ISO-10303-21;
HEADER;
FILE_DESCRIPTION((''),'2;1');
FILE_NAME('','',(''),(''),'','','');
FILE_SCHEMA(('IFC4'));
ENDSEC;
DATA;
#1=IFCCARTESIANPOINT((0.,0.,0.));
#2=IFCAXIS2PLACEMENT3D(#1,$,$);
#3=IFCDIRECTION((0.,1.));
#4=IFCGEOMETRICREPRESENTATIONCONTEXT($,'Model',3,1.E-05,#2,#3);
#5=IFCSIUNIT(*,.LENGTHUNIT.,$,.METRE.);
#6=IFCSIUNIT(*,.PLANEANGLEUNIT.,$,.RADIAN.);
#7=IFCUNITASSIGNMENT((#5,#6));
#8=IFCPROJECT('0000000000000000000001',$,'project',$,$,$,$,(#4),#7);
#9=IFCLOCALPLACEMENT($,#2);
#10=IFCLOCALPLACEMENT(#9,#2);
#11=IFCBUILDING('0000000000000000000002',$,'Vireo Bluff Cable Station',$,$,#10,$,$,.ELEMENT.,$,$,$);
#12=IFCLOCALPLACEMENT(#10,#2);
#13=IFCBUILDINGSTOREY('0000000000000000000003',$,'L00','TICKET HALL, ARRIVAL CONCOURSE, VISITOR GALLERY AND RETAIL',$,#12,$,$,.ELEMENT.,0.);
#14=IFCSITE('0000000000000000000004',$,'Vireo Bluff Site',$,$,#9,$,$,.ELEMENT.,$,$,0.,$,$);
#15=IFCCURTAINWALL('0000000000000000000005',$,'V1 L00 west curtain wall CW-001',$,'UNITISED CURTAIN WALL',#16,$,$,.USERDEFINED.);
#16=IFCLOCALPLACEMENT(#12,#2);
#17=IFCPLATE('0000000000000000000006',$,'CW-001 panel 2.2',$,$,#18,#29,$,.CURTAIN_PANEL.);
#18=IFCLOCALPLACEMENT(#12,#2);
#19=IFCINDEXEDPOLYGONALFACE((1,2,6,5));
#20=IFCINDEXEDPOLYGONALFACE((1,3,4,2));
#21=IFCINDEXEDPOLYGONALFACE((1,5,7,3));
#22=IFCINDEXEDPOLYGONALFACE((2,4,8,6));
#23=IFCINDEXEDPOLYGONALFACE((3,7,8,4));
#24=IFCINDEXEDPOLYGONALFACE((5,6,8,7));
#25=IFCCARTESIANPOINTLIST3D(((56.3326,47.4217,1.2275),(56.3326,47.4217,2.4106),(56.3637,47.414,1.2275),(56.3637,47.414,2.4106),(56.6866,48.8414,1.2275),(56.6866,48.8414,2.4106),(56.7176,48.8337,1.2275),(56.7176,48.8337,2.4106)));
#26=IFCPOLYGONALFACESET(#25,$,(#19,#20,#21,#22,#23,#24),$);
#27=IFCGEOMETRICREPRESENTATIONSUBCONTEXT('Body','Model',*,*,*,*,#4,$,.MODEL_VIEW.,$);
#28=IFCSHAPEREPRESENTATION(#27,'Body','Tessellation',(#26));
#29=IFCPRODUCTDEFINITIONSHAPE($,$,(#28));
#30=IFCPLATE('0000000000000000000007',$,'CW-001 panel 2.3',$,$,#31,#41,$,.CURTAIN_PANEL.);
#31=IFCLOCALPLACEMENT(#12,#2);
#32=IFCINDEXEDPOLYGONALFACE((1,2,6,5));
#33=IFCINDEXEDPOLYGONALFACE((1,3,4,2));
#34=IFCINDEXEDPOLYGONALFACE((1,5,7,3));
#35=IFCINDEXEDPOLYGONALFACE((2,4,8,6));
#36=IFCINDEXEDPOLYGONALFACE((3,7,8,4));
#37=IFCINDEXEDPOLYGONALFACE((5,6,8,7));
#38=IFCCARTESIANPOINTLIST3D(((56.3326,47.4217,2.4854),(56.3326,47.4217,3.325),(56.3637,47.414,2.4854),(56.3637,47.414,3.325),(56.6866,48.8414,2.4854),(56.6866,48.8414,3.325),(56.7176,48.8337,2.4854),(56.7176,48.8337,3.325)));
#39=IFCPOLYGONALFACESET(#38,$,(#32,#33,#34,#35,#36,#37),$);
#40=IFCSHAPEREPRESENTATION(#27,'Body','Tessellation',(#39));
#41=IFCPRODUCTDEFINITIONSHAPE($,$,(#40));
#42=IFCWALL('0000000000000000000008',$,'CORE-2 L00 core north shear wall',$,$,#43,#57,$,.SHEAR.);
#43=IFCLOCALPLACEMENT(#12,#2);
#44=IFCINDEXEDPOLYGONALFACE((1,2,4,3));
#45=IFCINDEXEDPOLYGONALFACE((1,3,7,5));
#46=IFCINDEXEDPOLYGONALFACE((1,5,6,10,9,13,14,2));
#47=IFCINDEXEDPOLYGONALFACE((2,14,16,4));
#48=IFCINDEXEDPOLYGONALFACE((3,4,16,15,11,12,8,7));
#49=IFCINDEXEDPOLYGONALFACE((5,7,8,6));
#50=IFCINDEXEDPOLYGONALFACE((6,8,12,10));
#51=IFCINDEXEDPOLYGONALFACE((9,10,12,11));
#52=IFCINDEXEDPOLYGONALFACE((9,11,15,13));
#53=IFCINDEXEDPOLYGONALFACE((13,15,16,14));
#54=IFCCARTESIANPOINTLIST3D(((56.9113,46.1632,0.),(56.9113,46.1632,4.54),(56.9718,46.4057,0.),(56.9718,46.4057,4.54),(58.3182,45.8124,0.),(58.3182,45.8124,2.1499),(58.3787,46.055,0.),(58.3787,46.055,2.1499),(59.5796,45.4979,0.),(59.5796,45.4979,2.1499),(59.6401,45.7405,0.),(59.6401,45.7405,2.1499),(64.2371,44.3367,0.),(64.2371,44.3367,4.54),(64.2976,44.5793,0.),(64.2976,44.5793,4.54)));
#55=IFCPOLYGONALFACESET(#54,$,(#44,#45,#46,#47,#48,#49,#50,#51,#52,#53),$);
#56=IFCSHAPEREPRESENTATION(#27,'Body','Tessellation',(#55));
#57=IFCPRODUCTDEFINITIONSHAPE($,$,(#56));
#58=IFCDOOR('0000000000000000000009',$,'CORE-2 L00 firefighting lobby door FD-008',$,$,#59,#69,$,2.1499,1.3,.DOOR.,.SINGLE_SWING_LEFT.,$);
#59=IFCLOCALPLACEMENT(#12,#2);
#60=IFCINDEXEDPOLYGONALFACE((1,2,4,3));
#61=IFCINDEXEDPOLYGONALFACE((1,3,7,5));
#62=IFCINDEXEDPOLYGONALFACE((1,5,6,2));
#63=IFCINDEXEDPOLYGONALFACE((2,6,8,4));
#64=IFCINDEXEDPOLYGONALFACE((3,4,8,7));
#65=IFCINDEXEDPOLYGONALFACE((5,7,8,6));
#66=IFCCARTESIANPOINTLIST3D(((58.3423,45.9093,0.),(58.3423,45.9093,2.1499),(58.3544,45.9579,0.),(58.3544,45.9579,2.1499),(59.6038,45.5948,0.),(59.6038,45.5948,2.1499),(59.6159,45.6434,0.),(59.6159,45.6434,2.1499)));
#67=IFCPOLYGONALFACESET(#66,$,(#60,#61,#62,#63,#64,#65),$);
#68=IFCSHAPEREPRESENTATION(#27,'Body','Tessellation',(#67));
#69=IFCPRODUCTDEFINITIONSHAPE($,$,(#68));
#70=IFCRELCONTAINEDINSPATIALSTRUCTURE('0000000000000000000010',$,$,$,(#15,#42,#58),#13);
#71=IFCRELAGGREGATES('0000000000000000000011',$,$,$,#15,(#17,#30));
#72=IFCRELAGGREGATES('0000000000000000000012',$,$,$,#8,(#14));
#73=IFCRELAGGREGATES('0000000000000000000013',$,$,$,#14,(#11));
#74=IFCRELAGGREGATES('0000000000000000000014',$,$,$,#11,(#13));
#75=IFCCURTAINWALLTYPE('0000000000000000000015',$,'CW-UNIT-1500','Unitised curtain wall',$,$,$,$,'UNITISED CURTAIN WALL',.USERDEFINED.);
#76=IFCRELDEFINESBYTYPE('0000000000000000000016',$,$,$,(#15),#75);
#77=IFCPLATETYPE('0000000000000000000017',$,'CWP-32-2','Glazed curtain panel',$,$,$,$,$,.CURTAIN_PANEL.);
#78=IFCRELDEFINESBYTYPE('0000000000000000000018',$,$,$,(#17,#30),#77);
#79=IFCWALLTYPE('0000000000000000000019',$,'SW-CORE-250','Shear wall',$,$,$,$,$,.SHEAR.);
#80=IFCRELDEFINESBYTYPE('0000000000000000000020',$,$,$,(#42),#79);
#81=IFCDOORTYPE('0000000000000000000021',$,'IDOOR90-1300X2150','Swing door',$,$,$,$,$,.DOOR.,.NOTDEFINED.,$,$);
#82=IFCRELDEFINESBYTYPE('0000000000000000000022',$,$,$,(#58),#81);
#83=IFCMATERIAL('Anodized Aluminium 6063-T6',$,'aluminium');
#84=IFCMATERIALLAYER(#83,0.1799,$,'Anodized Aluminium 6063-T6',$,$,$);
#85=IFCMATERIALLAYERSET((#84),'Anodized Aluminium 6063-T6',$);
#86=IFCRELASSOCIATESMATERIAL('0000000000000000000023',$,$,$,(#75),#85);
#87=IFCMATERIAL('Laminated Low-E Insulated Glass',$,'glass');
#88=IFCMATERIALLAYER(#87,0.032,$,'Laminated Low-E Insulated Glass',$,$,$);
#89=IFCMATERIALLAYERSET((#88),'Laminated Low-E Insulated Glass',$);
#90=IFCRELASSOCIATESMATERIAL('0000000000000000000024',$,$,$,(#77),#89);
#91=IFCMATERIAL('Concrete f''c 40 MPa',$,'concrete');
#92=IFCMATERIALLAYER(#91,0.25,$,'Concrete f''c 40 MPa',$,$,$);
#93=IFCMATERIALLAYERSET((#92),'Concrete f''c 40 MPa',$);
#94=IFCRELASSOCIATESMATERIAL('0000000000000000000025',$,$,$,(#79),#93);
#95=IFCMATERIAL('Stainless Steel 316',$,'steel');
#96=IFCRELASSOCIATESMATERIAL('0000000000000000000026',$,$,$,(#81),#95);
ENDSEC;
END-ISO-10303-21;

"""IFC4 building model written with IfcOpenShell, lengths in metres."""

from ifc_helpers import new_model, si_unit, direction, frame, frame_2d, origin, origin_with_axes, origin_2d, place, context, subcontext, project, spatial, rectangle, extrude, material, layer, layer_set, type_object, element, fill, aggregate, save


model = new_model("IFC4")

# Units and contexts
model_context = context("Model", 3, precision=1e-05, world=origin(), true_north=direction((0.0, 1.0)))
body_context = subcontext(model_context, "Body", "Model", "MODEL_VIEW")
ifc_project = project(units=[si_unit("LENGTHUNIT", "METRE"), si_unit("PLANEANGLEUNIT", "RADIAN")], contexts=[model_context])

# Site, building, storey
site_placement = place(None, origin())
site = spatial("IfcSite", under=ifc_project, at=site_placement, Name="Vireo Bluff Site", CompositionType="ELEMENT", RefElevation=0.0)
building_placement = place(site_placement, origin())
building = spatial("IfcBuilding", under=site, at=building_placement, Name="Vireo Bluff Cable Station", CompositionType="ELEMENT")
storey_placement = place(building_placement, origin())
storey = spatial("IfcBuildingStorey", under=building, at=storey_placement, Name="L00", Description="TICKET HALL, ARRIVAL CONCOURSE, VISITOR GALLERY AND RETAIL", CompositionType="ELEMENT", Elevation=0.0)

# Curtain wall
ifc_material_1 = material(Name="Anodized Aluminium 6063-T6", Category="aluminium")
ifc_layer_1 = layer(ifc_material_1, 0.1799, Name="Anodized Aluminium 6063-T6")
ifc_layer_set_1 = layer_set([ifc_layer_1], Name="Anodized Aluminium 6063-T6")
curtain_wall_type = type_object("IfcCurtainWallType", Name="CW-UNIT-1500", Description="Unitised curtain wall", ElementType="UNITISED CURTAIN WALL", PredefinedType="USERDEFINED", material=ifc_layer_set_1)
curtain_wall_placement = place(storey_placement, origin())
curtain_wall = element("IfcCurtainWall", 1, at=curtain_wall_placement, inside=storey, type_object=curtain_wall_type, Name="V1 L00 west curtain wall CW-001", ObjectType="UNITISED CURTAIN WALL", PredefinedType="USERDEFINED")

# Plates
ifc_material_2 = material(Name="Laminated Low-E Insulated Glass", Category="glass")
ifc_layer_2 = layer(ifc_material_2, 0.032, Name="Laminated Low-E Insulated Glass")
ifc_layer_set_2 = layer_set([ifc_layer_2], Name="Laminated Low-E Insulated Glass")
plate_type = type_object("IfcPlateType", Name="CWP-32-2", Description="Glazed curtain panel", PredefinedType="CURTAIN_PANEL", material=ifc_layer_set_2)
plate_1_placement = place(storey_placement, frame((56.5251, 48.1277, 1.2275), z_axis=(0.0, 0.0, 1.0), x_axis=(0.241922, 0.970296, 0.0)))
plate_1 = element("IfcPlate", 2, at=plate_1_placement, type_object=plate_type, Name="CW-001 panel 2.2", PredefinedType="CURTAIN_PANEL", context=body_context, shape_type="SweptSolid", body=[
    extrude(rectangle(XDim=1.4631, YDim=0.032, at=origin_2d()), origin(), (0.0, 0.0, 1.0), 1.1831),
])
plate_2_placement = place(storey_placement, frame((56.5251, 48.1277, 2.4854), z_axis=(0.0, 0.0, 1.0), x_axis=(0.241922, 0.970296, 0.0)))
plate_2 = element("IfcPlate", 3, at=plate_2_placement, type_object=plate_type, Name="CW-001 panel 2.3", PredefinedType="CURTAIN_PANEL", context=body_context, shape_type="SweptSolid", body=[
    extrude(rectangle(XDim=1.4631, YDim=0.032, at=origin_2d()), origin(), (0.0, 0.0, 1.0), 0.8396),
])
aggregate(curtain_wall, [plate_1, plate_2])

# Wall, opening, door
ifc_material_3 = material(Name="Concrete f'c 40 MPa", Category="concrete")
ifc_layer_3 = layer(ifc_material_3, 0.25, Name="Concrete f'c 40 MPa")
ifc_layer_set_3 = layer_set([ifc_layer_3], Name="Concrete f'c 40 MPa")
wall_type = type_object("IfcWallType", Name="SW-CORE-250", Description="Shear wall", PredefinedType="SHEAR", material=ifc_layer_set_3)
wall_placement = place(storey_placement, frame((56.9417, 46.2844, 0.0), z_axis=(0.0, 0.0, 1.0), x_axis=(0.970298, -0.241912, 0.0)))
wall = element("IfcWall", 4, at=wall_placement, inside=storey, type_object=wall_type, Name="CORE-2 L00 core north shear wall", PredefinedType="SHEAR", context=body_context, shape_type="SweptSolid", body=[
    extrude(rectangle(XDim=7.55, YDim=0.25, at=frame_2d((3.7749, 0.0))), origin(), (0.0, 0.0, 1.0), 4.54),
])
opening_placement = place(wall_placement, frame((1.45, 0.0, 0.0)))
opening = element("IfcOpeningElement", 5, at=opening_placement, cuts=wall, PredefinedType="OPENING", context=body_context, shape_type="SweptSolid", body=[
    extrude(rectangle(XDim=1.3, YDim=2.1499, at=frame_2d((0.6499, 1.075))), frame((0.0, 0.135, 0.0), z_axis=(0.0, -1.0, 0.0), x_axis=(1.0, 0.0, 0.0)), (0.0, 0.0, 1.0), 0.27),
])
ifc_material_4 = material(Name="Stainless Steel 316", Category="steel")
door_type = type_object("IfcDoorType", Name="IDOOR90-1300X2150", Description="Swing door", OperationType="NOTDEFINED", PredefinedType="DOOR", material=ifc_material_4)
door_placement = place(opening_placement, origin_with_axes())
door = element("IfcDoor", 6, at=door_placement, inside=storey, type_object=door_type, Name="CORE-2 L00 firefighting lobby door FD-008", OperationType="SINGLE_SWING_LEFT", OverallHeight=2.1499, OverallWidth=1.3, PredefinedType="DOOR", context=body_context, shape_type="SweptSolid", body=[
    extrude(rectangle(XDim=1.3, YDim=2.1499, at=frame_2d((0.6499, 1.075))), frame((0.0, 0.0249, 0.0), z_axis=(0.0, -1.0, 0.0), x_axis=(1.0, 0.0, 0.0)), (0.0, 0.0, 1.0), 0.05),
])
fill(opening, door)

save(model, "model.ifc")
